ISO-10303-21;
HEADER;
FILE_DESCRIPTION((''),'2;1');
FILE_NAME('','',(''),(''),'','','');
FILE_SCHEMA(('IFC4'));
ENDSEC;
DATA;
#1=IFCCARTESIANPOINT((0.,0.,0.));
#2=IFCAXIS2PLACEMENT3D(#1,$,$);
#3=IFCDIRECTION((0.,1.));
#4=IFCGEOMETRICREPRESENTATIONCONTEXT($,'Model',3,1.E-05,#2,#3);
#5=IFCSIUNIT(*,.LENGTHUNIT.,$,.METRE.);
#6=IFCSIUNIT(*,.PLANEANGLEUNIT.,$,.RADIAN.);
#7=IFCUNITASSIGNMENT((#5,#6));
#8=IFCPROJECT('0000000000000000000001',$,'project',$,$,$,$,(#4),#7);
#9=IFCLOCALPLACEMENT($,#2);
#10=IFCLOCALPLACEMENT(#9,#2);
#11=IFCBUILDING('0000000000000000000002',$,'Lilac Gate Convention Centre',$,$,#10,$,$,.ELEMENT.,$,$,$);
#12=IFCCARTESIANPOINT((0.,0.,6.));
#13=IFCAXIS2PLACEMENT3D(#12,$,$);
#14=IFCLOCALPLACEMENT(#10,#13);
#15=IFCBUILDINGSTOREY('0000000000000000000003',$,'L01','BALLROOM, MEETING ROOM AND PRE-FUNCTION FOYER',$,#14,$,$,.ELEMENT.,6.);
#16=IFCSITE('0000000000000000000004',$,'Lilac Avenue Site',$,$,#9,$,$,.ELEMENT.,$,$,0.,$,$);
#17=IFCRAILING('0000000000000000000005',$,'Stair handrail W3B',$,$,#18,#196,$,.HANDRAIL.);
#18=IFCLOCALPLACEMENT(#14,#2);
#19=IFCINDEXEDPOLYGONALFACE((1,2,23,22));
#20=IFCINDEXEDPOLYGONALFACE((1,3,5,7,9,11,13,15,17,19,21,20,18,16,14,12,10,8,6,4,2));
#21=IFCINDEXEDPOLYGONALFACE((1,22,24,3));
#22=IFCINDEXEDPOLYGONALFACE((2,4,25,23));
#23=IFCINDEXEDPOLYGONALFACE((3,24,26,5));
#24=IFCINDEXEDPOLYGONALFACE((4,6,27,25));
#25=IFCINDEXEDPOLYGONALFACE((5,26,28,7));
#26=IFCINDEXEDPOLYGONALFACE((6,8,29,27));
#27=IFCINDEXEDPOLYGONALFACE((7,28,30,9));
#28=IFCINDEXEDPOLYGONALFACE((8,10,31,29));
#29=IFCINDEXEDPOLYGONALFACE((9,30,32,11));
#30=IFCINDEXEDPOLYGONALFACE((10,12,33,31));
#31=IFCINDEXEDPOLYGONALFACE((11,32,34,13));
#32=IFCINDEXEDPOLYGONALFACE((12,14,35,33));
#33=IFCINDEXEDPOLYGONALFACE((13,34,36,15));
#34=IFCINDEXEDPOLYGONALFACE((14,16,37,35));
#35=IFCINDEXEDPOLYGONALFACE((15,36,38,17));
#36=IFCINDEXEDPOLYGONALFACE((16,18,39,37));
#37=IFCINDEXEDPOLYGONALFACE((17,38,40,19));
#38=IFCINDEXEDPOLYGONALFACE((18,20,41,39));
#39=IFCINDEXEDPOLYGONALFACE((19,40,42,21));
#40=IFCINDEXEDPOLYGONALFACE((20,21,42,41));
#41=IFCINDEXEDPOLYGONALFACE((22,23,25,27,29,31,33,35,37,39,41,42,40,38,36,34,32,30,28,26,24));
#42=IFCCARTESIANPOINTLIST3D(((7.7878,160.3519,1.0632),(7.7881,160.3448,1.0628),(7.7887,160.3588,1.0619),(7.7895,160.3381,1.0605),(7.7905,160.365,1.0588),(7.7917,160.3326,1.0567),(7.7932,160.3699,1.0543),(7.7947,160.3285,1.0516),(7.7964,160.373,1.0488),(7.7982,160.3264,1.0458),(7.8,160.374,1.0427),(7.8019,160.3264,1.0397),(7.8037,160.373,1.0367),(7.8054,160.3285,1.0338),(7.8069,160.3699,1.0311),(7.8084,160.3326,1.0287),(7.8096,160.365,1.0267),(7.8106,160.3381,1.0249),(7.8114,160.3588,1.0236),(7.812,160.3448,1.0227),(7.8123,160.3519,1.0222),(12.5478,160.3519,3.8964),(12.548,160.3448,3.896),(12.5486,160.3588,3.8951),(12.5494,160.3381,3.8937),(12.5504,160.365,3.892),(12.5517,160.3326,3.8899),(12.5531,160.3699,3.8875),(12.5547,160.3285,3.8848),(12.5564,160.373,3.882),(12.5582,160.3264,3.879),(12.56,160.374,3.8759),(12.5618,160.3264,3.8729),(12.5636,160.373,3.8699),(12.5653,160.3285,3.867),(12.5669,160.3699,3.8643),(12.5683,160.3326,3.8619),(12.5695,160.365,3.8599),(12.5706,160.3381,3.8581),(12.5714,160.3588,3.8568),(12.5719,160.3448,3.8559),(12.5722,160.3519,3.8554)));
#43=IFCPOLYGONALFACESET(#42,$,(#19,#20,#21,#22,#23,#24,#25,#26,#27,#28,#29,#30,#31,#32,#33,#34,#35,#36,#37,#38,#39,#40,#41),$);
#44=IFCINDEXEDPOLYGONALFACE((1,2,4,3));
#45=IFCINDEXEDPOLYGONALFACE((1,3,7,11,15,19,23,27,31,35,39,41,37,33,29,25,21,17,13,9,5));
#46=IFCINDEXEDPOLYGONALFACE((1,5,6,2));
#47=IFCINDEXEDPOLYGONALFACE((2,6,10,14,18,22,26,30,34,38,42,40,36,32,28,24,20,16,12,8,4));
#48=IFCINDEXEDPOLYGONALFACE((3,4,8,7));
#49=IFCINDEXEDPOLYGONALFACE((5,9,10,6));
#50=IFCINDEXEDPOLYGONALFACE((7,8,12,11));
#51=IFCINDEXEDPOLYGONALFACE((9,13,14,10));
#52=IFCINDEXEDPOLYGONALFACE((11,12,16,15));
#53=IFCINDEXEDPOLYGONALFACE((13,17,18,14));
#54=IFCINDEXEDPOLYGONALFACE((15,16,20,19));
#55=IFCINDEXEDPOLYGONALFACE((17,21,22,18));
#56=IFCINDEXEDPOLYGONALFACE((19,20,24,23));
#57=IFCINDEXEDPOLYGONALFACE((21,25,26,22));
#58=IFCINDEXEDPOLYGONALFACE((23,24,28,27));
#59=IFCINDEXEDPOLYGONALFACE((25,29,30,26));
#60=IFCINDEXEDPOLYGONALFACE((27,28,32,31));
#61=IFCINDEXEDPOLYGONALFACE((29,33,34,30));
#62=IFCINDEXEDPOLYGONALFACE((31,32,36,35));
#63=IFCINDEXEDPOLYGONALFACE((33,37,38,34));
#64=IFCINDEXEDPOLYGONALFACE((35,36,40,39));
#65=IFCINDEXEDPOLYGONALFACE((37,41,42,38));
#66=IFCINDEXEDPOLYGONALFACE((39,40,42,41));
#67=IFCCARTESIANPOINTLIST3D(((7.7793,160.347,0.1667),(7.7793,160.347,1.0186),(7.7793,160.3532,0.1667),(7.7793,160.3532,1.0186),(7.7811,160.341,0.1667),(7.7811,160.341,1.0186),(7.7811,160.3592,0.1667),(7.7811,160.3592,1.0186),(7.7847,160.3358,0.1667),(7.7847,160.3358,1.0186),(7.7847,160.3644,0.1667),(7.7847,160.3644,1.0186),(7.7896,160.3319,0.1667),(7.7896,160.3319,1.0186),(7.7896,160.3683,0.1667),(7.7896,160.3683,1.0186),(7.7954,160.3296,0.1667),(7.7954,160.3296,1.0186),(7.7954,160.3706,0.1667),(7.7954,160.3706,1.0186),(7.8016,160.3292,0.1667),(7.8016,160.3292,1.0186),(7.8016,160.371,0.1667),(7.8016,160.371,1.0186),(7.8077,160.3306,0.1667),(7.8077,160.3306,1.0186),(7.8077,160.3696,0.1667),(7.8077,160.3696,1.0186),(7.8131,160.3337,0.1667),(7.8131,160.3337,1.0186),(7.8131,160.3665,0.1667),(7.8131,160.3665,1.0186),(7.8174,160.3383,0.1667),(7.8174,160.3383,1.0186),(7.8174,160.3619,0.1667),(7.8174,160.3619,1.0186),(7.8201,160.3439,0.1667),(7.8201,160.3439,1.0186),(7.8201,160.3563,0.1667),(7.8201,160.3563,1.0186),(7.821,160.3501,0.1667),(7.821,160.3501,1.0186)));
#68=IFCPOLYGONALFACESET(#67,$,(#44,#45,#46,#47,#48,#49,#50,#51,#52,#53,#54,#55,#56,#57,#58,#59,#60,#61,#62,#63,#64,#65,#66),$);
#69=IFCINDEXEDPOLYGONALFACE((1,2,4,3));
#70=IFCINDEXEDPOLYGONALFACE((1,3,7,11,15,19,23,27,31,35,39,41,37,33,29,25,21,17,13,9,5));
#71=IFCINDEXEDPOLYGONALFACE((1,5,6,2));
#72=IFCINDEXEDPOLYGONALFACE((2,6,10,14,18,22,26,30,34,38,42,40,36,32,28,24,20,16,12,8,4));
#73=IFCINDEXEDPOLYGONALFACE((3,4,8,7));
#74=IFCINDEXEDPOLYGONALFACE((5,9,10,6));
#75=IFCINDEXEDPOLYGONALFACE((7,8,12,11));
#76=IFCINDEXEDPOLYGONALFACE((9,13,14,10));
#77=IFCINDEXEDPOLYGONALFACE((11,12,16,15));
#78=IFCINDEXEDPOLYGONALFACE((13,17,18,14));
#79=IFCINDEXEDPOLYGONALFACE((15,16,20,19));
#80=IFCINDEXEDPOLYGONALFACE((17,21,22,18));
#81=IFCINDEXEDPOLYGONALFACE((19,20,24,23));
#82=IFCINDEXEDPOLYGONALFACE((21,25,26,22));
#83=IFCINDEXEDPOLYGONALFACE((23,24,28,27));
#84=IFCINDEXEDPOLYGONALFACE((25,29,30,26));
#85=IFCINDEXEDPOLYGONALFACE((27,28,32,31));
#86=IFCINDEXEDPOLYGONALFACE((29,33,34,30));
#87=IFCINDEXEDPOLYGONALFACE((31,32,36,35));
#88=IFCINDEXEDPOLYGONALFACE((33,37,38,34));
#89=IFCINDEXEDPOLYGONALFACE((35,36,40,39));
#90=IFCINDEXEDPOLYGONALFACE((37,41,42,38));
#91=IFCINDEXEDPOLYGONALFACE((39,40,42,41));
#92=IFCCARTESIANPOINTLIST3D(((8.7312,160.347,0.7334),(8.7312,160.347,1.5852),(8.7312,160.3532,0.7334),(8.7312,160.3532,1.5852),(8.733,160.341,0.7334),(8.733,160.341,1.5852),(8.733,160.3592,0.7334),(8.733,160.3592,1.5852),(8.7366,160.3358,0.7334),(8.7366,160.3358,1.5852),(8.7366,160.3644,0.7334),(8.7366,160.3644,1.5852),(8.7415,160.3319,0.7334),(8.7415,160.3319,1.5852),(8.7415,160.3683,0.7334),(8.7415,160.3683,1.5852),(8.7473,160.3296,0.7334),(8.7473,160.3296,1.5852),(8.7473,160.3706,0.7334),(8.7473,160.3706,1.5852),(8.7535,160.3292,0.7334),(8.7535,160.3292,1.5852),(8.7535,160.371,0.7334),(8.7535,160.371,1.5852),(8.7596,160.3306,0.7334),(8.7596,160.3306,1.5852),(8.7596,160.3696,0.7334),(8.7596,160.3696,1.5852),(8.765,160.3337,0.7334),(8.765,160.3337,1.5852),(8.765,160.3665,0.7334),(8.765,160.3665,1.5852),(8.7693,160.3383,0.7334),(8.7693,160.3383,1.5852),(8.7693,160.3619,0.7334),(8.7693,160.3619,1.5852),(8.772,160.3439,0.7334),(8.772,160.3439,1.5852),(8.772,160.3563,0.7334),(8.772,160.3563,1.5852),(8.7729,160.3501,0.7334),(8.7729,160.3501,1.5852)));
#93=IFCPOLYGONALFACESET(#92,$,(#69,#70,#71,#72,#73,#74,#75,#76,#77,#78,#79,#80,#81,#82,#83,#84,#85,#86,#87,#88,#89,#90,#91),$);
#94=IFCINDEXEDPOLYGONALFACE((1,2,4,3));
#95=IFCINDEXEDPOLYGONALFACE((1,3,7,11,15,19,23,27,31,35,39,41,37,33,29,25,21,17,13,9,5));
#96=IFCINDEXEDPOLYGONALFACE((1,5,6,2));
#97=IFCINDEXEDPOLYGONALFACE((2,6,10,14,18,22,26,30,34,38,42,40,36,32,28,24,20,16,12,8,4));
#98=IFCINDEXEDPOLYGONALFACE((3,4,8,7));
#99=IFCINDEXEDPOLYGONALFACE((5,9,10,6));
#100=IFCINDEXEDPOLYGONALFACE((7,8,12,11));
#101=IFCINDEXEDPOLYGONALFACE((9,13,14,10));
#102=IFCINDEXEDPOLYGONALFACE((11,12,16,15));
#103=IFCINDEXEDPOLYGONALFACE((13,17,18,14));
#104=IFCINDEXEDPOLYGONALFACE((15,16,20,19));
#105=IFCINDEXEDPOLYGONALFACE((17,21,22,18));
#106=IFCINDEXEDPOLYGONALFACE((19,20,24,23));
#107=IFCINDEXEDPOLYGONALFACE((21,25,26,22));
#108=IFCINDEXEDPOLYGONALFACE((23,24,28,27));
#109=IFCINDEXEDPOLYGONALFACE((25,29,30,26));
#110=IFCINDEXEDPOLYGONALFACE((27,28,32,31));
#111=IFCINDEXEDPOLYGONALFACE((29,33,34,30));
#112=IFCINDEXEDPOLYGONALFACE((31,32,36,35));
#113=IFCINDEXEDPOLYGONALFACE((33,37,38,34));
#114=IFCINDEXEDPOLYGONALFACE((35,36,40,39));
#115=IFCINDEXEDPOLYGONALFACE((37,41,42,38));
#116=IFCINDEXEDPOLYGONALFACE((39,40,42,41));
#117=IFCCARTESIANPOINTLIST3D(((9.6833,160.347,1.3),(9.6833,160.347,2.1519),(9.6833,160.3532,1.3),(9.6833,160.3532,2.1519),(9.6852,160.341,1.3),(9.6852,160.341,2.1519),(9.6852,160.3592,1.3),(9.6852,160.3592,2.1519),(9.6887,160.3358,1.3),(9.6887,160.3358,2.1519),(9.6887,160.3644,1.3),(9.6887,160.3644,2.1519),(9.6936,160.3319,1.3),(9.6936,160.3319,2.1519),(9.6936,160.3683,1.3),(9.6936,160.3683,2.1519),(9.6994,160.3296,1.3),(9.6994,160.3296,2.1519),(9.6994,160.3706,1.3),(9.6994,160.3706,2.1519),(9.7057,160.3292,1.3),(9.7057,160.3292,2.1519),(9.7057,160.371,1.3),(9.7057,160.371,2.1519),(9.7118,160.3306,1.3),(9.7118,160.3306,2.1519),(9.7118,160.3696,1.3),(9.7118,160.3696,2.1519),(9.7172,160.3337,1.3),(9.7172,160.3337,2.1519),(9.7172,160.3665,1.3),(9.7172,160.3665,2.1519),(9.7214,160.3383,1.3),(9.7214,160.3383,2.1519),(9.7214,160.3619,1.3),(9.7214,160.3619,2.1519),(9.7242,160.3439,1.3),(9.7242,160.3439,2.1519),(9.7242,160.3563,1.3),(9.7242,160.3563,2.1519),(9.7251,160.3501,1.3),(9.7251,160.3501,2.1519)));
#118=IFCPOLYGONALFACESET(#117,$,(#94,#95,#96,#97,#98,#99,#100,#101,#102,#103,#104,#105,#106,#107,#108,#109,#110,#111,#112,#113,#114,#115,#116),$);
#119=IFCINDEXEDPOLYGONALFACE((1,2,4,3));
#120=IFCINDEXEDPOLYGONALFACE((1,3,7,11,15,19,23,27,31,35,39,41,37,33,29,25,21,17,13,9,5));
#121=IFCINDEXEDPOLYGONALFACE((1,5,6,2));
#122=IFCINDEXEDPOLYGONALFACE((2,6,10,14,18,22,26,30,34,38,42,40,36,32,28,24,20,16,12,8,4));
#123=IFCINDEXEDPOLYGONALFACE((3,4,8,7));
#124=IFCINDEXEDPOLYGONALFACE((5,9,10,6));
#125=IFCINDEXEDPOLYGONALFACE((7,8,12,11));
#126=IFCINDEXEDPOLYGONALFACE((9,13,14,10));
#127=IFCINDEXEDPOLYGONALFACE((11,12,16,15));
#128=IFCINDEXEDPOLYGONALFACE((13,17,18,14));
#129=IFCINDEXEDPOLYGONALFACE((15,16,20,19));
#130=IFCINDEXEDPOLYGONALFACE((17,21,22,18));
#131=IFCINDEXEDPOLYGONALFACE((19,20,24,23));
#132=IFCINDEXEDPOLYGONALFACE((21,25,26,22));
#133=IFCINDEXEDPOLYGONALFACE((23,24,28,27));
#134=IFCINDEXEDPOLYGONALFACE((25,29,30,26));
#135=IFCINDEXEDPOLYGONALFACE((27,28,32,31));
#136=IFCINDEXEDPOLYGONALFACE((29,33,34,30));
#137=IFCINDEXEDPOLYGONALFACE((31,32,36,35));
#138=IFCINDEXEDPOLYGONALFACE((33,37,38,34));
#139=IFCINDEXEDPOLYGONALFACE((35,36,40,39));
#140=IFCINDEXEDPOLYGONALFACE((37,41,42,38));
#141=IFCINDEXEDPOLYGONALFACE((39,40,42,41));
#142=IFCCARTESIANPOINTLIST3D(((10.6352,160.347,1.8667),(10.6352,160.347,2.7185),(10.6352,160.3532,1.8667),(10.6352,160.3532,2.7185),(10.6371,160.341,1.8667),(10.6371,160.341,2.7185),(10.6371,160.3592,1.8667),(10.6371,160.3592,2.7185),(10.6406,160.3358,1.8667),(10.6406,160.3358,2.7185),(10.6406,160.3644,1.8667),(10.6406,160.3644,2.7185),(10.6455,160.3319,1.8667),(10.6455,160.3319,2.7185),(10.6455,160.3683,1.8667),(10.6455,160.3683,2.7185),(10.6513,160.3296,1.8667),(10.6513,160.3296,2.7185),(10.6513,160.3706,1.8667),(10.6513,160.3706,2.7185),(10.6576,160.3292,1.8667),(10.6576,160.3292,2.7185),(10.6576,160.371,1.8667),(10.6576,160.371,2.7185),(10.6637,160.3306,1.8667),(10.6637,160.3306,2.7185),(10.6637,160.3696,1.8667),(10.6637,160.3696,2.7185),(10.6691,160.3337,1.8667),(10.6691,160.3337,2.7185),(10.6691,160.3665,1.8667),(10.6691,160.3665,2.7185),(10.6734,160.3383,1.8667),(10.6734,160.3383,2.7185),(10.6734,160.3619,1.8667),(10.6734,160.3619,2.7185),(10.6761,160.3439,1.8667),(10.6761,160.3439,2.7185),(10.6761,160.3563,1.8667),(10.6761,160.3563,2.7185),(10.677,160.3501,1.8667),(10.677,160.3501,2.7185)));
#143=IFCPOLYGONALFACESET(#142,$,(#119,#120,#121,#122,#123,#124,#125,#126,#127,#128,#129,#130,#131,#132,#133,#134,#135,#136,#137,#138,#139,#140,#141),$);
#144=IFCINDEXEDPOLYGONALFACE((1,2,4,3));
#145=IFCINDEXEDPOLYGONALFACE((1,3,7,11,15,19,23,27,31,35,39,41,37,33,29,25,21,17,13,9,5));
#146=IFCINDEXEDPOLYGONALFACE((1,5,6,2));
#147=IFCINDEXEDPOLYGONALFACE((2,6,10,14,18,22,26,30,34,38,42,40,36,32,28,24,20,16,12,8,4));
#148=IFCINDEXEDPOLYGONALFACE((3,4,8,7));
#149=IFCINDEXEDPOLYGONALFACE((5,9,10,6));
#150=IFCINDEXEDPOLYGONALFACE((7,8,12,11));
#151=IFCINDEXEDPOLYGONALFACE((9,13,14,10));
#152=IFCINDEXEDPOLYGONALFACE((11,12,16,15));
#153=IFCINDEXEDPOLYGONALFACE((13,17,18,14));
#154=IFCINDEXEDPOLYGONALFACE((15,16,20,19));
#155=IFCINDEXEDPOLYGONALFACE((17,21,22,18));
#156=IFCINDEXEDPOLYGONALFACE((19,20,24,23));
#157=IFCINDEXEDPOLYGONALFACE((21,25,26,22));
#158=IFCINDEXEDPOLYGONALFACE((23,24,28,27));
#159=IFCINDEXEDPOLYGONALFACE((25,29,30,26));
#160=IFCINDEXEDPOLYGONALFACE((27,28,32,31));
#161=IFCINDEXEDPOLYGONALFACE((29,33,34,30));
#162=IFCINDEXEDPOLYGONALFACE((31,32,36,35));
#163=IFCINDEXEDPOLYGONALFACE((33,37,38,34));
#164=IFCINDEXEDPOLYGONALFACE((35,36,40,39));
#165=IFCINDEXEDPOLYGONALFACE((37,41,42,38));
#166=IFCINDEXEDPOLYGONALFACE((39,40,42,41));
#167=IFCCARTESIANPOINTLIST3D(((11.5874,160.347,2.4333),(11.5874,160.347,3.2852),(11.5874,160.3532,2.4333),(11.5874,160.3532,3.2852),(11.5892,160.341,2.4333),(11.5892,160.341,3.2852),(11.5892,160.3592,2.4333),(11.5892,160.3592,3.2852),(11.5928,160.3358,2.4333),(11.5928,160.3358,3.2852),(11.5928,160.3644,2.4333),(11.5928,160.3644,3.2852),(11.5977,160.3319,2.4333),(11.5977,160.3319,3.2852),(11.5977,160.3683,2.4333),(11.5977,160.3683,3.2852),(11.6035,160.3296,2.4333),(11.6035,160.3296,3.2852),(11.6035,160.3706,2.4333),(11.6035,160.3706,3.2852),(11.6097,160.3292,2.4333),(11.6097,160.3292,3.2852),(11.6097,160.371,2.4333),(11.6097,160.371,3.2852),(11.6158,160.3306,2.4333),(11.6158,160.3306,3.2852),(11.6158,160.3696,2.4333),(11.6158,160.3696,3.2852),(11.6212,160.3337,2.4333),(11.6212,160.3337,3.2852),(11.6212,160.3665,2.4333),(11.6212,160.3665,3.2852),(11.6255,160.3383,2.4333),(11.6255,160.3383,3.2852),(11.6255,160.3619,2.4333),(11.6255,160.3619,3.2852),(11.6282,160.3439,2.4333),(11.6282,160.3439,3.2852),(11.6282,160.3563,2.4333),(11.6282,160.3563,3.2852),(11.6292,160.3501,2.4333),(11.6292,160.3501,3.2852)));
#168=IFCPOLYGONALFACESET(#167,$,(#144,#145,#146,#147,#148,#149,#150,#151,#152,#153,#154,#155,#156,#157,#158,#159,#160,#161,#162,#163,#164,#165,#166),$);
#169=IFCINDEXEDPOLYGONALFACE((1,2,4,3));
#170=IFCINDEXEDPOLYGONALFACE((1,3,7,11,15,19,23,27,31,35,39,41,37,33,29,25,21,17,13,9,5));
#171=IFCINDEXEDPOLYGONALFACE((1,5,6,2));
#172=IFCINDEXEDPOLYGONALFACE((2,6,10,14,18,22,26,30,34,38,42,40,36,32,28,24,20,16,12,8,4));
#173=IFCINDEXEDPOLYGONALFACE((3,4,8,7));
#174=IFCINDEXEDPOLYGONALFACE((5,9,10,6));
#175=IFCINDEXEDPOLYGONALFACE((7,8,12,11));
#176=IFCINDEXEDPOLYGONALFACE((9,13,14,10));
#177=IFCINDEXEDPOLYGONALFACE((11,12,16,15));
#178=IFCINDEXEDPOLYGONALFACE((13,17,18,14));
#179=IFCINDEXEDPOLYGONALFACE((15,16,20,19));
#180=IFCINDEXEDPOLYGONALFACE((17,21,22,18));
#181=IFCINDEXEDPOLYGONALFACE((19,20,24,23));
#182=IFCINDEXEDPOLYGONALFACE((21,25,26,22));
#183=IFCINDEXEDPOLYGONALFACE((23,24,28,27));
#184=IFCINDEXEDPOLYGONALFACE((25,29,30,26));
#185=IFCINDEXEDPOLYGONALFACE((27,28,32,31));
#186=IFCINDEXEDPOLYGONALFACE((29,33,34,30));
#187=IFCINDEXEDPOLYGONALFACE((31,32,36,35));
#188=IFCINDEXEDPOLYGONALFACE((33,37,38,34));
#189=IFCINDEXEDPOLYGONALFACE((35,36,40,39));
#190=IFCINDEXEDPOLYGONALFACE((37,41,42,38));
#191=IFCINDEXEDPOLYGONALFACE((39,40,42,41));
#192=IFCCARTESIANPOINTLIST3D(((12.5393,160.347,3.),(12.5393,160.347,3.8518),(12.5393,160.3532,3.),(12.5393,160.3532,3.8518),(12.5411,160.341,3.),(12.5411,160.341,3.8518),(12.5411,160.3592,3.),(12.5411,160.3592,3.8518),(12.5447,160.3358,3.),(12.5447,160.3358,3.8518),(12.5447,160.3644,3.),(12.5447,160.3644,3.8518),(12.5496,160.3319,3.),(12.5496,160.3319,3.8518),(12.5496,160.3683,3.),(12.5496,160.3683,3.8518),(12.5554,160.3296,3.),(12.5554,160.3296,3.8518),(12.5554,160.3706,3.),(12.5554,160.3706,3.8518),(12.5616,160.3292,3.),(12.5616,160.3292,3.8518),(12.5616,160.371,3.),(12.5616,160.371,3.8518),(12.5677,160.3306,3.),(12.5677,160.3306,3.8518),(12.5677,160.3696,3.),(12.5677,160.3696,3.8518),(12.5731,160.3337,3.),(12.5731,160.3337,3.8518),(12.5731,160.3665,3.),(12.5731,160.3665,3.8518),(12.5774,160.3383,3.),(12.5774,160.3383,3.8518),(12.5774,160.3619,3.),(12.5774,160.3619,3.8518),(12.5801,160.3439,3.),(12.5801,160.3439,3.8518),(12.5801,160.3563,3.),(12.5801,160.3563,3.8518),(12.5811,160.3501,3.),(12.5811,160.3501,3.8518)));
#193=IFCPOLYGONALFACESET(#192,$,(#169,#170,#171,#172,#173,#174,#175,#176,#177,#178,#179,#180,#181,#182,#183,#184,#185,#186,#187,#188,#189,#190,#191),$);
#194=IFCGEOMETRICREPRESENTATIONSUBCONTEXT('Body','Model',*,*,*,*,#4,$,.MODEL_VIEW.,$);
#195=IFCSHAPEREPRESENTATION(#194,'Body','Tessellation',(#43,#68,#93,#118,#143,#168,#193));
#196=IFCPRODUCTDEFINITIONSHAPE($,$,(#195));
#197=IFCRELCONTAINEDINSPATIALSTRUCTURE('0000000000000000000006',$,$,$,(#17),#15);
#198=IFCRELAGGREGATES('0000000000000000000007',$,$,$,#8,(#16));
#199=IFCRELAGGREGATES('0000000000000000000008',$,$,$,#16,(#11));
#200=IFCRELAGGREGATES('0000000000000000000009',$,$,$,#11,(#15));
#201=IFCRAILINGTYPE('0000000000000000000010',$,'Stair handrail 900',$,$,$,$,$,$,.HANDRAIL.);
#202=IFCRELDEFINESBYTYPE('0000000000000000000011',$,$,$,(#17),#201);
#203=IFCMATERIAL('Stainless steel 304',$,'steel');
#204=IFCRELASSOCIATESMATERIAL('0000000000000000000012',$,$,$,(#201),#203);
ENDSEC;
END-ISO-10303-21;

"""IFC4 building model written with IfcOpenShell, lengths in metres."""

from ifc_helpers import new_model, si_unit, direction, frame, origin, origin_2d, place, context, subcontext, project, spatial, circle, extrude, material, type_object, element, save


model = new_model("IFC4")

# Units and contexts
model_context = context("Model", 3, precision=1e-05, world=origin(), true_north=direction((0.0, 1.0)))
body_context = subcontext(model_context, "Body", "Model", "MODEL_VIEW")
ifc_project = project(units=[si_unit("LENGTHUNIT", "METRE"), si_unit("PLANEANGLEUNIT", "RADIAN")], contexts=[model_context])

# Site, building, storey
site_placement = place(None, origin())
site = spatial("IfcSite", under=ifc_project, at=site_placement, Name="Lilac Avenue Site", CompositionType="ELEMENT", RefElevation=0.0)
building_placement = place(site_placement, origin())
building = spatial("IfcBuilding", under=site, at=building_placement, Name="Lilac Gate Convention Centre", CompositionType="ELEMENT")
storey_placement = place(building_placement, frame((0.0, 0.0, 6.0)))
storey = spatial("IfcBuildingStorey", under=building, at=storey_placement, Name="L01", Description="BALLROOM, MEETING ROOM AND PRE-FUNCTION FOYER", CompositionType="ELEMENT", Elevation=6.0)

# Railing
ifc_material_1 = material(Name="Stainless steel 304", Category="steel")
railing_type = type_object("IfcRailingType", Name="Stair handrail 900", PredefinedType="HANDRAIL", material=ifc_material_1)
for number, where, name in (
    (1, (7.8, 160.3501, 0.1667), "Stair handrail W3B"),
):
    element("IfcRailing", number, at=place(storey_placement, frame(where)), inside=storey, type_object=railing_type, Name=name, PredefinedType="HANDRAIL", context=body_context, shape_type="SweptSolid", body=[
        extrude(circle(Radius=0.0239, at=origin_2d()), frame((0.0, 0.0, 0.876), z_axis=(0.8593, 0.0, 0.511472), x_axis=(0.0, 1.0, 0.0)), (0.0, 0.0, 1.0), 5.5393),
        extrude(circle(Radius=0.021, at=origin_2d()), origin(), (0.0, 0.0, 1.0), 0.8518),
        extrude(circle(Radius=0.021, at=origin_2d()), frame((0.9519, 0.0, 0.5667)), (0.0, 0.0, 1.0), 0.8518),
        extrude(circle(Radius=0.021, at=origin_2d()), frame((1.9041, 0.0, 1.1333)), (0.0, 0.0, 1.0), 0.8518),
        extrude(circle(Radius=0.021, at=origin_2d()), frame((2.856, 0.0, 1.7)), (0.0, 0.0, 1.0), 0.8518),
        extrude(circle(Radius=0.021, at=origin_2d()), frame((3.8081, 0.0, 2.2666)), (0.0, 0.0, 1.0), 0.8518),
        extrude(circle(Radius=0.021, at=origin_2d()), frame((4.76, 0.0, 2.8333)), (0.0, 0.0, 1.0), 0.8518),
    ])

save(model, "model.ifc")
